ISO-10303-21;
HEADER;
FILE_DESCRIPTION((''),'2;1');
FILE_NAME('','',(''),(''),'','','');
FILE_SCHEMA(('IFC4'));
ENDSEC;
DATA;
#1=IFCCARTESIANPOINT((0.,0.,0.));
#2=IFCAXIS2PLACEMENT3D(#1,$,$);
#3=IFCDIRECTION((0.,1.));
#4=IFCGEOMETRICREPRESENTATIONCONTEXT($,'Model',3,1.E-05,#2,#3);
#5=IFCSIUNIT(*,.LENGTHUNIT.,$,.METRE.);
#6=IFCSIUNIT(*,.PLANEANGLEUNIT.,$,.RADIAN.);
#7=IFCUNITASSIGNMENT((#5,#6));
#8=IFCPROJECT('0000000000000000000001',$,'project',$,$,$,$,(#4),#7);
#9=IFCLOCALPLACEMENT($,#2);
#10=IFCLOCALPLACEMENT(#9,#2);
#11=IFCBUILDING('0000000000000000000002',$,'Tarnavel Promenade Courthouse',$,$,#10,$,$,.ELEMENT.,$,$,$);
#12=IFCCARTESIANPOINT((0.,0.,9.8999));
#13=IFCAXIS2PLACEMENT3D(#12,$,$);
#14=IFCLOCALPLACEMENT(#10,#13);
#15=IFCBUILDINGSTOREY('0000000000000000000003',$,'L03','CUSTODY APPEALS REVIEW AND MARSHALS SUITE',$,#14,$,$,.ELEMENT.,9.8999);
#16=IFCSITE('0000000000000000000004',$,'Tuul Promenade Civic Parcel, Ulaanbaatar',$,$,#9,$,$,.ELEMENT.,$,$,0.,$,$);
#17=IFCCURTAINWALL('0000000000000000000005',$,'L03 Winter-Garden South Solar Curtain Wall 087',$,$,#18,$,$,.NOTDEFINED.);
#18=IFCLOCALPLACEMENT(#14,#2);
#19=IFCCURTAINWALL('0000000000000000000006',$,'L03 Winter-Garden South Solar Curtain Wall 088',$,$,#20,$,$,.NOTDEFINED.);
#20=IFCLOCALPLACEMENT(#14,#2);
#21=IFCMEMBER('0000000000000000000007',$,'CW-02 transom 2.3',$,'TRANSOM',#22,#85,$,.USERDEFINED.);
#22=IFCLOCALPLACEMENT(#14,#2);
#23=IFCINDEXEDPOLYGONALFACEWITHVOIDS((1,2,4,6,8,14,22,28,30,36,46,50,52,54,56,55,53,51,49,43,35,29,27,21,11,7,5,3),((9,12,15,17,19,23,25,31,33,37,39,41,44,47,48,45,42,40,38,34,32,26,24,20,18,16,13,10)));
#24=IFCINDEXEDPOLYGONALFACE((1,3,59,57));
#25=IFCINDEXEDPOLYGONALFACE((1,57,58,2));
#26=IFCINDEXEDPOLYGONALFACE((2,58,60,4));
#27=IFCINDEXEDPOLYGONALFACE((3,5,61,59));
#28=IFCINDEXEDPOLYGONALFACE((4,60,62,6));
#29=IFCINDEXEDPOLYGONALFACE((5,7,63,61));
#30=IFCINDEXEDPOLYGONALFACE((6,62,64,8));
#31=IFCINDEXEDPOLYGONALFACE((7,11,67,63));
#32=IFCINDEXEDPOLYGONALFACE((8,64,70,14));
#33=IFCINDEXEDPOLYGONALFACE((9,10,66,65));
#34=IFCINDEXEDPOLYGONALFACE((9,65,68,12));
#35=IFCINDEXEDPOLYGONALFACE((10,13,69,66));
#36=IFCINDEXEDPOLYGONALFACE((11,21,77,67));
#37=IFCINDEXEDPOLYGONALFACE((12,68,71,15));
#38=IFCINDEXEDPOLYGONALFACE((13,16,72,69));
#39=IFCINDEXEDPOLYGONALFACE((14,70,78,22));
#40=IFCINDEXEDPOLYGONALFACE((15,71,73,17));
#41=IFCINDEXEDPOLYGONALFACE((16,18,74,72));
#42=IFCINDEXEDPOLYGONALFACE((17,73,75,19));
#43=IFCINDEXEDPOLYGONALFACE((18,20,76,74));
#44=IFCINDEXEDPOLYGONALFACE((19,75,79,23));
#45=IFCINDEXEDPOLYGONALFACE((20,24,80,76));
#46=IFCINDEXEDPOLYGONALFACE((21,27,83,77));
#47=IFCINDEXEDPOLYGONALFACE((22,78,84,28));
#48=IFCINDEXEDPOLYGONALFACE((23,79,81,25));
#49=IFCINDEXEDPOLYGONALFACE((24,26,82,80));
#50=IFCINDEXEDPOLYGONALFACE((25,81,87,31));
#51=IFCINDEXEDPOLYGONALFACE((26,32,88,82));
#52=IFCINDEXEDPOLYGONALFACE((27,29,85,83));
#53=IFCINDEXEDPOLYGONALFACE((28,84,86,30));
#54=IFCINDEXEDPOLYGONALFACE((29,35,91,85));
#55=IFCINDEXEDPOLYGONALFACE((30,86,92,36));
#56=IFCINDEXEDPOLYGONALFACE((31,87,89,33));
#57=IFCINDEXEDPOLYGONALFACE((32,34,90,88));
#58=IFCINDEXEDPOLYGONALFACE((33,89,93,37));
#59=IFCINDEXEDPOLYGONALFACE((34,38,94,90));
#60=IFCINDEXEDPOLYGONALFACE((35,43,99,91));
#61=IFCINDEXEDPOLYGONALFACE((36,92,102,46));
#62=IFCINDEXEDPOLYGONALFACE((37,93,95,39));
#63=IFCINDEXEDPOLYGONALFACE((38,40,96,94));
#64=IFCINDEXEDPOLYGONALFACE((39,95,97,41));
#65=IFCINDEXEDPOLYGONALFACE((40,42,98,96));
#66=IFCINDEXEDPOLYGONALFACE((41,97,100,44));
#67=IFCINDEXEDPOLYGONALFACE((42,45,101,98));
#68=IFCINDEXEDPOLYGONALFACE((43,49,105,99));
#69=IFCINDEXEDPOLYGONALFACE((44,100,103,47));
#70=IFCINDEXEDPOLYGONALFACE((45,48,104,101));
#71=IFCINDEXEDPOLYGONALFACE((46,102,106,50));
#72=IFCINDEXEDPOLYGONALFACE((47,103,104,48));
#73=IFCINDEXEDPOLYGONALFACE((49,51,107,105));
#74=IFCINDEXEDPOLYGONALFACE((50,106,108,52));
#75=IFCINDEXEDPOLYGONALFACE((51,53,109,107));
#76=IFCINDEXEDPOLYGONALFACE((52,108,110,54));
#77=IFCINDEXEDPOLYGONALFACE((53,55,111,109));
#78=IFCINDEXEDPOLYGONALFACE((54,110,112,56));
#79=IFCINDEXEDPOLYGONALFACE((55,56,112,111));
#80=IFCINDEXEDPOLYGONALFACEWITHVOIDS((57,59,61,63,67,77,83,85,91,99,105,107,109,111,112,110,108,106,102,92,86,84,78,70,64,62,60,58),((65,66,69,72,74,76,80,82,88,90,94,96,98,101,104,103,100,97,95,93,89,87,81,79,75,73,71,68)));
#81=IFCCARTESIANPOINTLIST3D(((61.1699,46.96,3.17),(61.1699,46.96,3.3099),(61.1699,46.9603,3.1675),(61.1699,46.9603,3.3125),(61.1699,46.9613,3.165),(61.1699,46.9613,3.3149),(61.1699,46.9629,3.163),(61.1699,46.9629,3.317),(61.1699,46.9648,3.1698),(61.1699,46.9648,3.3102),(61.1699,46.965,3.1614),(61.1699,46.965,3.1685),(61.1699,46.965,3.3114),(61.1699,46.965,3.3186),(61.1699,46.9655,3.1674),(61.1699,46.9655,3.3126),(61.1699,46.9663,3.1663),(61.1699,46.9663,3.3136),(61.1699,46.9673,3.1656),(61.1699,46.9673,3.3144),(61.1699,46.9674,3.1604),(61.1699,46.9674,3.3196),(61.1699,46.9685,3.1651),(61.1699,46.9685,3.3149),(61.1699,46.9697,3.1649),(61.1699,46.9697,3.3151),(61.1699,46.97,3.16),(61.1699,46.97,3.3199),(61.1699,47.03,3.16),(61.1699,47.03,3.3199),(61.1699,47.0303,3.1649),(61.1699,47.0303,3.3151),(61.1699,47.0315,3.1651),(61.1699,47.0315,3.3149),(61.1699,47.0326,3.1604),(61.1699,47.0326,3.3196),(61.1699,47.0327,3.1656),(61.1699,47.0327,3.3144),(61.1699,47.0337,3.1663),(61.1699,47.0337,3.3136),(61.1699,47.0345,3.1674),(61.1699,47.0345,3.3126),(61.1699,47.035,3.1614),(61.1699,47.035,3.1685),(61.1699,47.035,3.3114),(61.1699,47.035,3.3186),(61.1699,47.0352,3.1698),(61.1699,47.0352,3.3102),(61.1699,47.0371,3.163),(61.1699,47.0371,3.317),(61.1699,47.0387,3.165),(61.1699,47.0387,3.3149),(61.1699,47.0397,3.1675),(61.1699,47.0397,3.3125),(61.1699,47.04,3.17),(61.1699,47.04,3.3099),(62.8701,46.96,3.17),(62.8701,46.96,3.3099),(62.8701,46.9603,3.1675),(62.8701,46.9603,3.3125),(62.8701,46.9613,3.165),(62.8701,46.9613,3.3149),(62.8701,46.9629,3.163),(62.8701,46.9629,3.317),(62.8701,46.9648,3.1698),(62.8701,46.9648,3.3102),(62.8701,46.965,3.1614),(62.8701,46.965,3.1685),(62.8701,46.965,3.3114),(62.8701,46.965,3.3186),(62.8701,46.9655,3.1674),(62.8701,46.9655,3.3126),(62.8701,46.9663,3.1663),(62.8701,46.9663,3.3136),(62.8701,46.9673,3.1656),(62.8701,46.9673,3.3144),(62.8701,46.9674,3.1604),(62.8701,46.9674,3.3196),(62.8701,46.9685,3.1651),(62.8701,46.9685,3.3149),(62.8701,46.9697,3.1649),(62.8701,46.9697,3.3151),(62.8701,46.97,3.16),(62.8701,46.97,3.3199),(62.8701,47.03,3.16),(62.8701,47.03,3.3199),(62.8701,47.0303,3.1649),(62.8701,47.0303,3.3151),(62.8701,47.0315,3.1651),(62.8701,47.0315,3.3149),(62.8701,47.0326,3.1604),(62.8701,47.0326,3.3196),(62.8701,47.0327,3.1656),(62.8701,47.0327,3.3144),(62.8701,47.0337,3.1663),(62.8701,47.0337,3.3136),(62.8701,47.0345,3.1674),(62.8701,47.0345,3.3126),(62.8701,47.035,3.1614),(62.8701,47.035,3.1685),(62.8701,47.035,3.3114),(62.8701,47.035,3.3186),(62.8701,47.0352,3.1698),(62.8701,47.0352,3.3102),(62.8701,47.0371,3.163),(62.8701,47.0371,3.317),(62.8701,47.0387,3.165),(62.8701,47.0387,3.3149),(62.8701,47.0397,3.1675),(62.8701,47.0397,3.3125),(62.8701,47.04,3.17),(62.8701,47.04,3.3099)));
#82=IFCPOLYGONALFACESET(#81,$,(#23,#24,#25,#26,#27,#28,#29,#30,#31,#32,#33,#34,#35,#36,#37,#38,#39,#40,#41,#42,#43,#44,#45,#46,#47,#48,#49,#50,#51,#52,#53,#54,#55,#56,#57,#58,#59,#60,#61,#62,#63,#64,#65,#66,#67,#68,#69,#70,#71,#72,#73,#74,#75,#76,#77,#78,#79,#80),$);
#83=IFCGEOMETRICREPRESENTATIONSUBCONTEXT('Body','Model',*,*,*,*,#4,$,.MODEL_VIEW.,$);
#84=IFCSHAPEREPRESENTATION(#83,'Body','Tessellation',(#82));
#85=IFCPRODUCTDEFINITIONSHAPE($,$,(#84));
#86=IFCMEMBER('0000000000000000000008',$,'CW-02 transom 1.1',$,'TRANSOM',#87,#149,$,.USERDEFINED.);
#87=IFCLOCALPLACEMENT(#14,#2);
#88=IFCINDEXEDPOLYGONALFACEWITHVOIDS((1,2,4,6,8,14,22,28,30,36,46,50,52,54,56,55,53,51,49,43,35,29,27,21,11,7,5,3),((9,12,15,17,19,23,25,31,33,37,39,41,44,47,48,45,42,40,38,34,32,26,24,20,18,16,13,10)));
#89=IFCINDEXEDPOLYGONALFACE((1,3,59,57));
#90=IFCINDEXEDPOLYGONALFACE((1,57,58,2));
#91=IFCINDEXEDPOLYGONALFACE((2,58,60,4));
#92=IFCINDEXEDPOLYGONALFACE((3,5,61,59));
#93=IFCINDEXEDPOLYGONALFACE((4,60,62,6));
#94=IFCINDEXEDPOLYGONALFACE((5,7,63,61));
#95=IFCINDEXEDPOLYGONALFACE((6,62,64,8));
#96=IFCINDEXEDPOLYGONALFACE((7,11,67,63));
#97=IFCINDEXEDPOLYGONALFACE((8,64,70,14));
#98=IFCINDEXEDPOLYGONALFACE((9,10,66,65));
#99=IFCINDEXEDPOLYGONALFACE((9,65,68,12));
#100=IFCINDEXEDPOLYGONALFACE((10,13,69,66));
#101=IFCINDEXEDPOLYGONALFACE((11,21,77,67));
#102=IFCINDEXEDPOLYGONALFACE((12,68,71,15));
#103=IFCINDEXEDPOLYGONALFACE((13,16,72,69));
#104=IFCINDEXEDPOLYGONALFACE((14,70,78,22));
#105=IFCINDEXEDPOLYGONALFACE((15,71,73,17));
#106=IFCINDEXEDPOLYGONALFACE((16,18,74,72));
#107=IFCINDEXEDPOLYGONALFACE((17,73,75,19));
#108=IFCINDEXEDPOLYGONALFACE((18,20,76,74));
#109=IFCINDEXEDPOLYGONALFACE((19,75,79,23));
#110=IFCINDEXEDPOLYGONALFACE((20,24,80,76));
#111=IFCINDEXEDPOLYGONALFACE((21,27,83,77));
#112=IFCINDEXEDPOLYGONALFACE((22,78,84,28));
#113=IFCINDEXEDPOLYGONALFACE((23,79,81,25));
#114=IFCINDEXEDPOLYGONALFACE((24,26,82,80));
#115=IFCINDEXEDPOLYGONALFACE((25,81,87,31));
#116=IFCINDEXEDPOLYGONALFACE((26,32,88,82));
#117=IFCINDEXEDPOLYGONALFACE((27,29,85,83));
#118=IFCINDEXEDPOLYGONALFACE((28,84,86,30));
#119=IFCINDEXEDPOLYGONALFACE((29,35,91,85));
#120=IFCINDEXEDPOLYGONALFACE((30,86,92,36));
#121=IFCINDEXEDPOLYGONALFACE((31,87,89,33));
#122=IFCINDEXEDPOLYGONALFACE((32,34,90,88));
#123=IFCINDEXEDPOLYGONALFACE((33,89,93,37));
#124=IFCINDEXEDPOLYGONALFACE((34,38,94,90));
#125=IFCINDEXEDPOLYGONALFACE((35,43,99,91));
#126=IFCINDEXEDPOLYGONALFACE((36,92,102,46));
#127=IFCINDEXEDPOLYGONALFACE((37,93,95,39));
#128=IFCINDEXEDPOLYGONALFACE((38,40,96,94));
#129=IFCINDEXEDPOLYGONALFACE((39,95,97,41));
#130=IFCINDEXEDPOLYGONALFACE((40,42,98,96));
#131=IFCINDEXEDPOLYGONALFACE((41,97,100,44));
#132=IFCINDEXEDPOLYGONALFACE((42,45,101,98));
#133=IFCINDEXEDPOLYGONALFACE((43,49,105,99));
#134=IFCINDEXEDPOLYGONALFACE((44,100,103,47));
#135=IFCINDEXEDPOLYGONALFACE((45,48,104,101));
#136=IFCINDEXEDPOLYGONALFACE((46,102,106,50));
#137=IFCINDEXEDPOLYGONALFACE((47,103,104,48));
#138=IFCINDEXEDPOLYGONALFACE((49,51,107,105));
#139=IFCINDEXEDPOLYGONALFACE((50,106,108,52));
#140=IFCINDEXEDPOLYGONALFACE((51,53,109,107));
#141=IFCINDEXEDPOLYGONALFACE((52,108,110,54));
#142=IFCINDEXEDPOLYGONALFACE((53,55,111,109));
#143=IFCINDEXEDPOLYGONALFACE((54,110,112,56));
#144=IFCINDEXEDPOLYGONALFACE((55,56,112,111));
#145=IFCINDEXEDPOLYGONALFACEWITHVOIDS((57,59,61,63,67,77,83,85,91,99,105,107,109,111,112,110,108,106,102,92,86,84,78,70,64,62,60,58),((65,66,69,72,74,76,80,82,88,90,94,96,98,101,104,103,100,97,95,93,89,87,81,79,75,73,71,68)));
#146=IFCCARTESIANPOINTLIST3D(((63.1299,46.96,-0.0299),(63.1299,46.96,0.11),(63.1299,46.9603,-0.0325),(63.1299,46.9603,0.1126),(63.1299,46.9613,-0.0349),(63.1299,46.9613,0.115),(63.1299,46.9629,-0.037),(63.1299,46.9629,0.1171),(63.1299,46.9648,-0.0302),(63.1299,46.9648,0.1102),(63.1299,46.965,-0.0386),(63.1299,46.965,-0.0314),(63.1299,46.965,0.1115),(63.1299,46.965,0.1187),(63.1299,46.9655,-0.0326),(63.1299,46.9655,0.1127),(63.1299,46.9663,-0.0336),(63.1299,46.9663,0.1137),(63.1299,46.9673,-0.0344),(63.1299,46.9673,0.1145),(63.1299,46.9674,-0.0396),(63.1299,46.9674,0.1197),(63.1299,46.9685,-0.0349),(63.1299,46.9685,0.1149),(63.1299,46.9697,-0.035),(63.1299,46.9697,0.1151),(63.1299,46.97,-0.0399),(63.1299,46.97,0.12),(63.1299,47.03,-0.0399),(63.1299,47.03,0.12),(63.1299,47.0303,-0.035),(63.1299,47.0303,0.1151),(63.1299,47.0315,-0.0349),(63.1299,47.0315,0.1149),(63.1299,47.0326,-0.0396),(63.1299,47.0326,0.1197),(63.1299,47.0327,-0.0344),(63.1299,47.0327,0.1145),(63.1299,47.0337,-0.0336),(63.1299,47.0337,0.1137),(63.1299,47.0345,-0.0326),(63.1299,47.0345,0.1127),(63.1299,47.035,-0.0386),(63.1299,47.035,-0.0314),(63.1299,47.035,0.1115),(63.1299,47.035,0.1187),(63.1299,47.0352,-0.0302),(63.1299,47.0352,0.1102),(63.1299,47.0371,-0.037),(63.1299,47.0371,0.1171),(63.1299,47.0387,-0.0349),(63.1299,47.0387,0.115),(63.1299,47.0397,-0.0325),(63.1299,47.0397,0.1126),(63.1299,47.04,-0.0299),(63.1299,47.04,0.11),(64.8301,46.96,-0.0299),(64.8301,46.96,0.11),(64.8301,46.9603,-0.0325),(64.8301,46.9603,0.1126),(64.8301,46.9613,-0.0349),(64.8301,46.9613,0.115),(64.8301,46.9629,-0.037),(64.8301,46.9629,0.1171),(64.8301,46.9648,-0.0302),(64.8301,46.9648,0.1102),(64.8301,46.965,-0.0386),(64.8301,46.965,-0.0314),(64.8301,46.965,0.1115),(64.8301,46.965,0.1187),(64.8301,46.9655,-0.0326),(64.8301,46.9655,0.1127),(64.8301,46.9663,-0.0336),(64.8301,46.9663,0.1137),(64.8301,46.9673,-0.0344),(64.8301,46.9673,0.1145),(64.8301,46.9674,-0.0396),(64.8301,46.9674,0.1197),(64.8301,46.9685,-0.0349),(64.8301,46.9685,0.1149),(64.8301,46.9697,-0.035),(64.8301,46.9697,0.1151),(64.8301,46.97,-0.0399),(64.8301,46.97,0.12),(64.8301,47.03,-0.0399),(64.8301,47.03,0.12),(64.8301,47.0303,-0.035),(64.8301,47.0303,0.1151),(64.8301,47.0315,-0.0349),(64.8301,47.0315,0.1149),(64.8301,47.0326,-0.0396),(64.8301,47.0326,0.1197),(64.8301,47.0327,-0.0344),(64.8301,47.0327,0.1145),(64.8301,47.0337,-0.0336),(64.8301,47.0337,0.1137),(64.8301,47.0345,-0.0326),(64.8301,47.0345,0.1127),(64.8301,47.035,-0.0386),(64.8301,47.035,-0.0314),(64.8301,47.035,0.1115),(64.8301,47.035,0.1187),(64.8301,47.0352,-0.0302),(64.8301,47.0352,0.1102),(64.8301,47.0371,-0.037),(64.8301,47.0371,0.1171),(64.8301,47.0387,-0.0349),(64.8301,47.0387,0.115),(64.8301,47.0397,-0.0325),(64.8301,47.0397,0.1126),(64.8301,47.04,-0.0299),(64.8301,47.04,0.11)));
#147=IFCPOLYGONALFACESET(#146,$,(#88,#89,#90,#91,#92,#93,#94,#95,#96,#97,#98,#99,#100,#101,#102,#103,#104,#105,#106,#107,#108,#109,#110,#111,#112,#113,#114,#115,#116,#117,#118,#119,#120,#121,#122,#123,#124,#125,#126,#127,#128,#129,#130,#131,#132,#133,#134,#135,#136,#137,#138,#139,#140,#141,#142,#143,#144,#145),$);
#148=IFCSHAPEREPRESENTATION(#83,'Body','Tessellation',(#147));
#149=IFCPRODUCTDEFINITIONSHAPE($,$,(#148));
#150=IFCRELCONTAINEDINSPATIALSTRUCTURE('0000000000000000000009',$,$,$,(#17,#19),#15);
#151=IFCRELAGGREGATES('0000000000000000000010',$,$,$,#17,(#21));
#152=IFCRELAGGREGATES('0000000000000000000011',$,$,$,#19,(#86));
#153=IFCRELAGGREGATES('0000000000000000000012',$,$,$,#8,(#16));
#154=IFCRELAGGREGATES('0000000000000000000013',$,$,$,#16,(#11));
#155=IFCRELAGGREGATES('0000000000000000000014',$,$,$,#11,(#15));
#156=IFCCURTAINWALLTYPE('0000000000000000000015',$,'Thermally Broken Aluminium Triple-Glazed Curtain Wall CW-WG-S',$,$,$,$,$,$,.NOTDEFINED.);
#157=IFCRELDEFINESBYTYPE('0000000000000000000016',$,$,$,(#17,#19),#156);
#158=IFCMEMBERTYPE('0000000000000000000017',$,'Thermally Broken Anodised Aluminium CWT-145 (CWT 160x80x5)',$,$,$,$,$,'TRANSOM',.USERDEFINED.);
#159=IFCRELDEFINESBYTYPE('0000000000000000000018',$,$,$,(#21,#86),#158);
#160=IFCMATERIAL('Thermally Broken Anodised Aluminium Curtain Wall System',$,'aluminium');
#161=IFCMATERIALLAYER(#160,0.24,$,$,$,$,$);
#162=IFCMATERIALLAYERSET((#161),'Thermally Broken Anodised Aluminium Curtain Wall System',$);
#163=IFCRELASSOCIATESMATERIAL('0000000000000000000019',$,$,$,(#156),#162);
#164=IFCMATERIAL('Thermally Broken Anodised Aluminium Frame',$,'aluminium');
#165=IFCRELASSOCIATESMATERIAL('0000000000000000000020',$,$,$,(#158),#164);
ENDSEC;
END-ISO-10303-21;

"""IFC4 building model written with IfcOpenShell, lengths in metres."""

from ifc_helpers import new_model, si_unit, direction, frame, origin, origin_2d, place, context, subcontext, project, spatial, hollow_rectangle, extrude, material, layer, layer_set, material_profile, profile_set, type_object, element, aggregate, save


model = new_model("IFC4")

# Units and contexts
model_context = context("Model", 3, precision=1e-05, world=origin(), true_north=direction((0.0, 1.0)))
body_context = subcontext(model_context, "Body", "Model", "MODEL_VIEW")
ifc_project = project(units=[si_unit("LENGTHUNIT", "METRE"), si_unit("PLANEANGLEUNIT", "RADIAN")], contexts=[model_context])

# Site, building, storey
site_placement = place(None, origin())
site = spatial("IfcSite", under=ifc_project, at=site_placement, Name="Tuul Promenade Civic Parcel, Ulaanbaatar", CompositionType="ELEMENT", RefElevation=0.0)
building_placement = place(site_placement, origin())
building = spatial("IfcBuilding", under=site, at=building_placement, Name="Tarnavel Promenade Courthouse", CompositionType="ELEMENT")
storey_placement = place(building_placement, frame((0.0, 0.0, 9.8999)))
storey = spatial("IfcBuildingStorey", under=building, at=storey_placement, Name="L03", Description="CUSTODY APPEALS REVIEW AND MARSHALS SUITE", CompositionType="ELEMENT", Elevation=9.8999)

# Shared definitions
ifc_material_1 = material(Name="Thermally Broken Anodised Aluminium Curtain Wall System", Category="aluminium")
ifc_layer_1 = layer(ifc_material_1, 0.24)
ifc_layer_set_1 = layer_set([ifc_layer_1], Name="Thermally Broken Anodised Aluminium Curtain Wall System")
curtain_wall_type = type_object("IfcCurtainWallType", Name="Thermally Broken Aluminium Triple-Glazed Curtain Wall CW-WG-S", PredefinedType="NOTDEFINED", material=ifc_layer_set_1)
ifc_material_2 = material(Name="Thermally Broken Anodised Aluminium Frame", Category="aluminium")

# Curtain wall
curtain_wall_1_placement = place(storey_placement, origin())
curtain_wall_1 = element("IfcCurtainWall", 1, at=curtain_wall_1_placement, inside=storey, type_object=curtain_wall_type, Name="L03 Winter-Garden South Solar Curtain Wall 087", PredefinedType="NOTDEFINED")

# Curtain wall
curtain_wall_2_placement = place(storey_placement, origin())
curtain_wall_2 = element("IfcCurtainWall", 2, at=curtain_wall_2_placement, inside=storey, type_object=curtain_wall_type, Name="L03 Winter-Garden South Solar Curtain Wall 088", PredefinedType="NOTDEFINED")

# Members
ifc_material_profile_1 = material_profile(ifc_material_2, hollow_rectangle(XDim=0.0801, YDim=0.1599, WallThickness=0.0049, InnerFilletRadius=0.0049, OuterFilletRadius=0.01, at=origin_2d()), Name="CWT 160x80x5")
ifc_profile_set_1 = profile_set([ifc_material_profile_1], Name="Thermally Broken Anodised Aluminium Frame")
member_type_1 = type_object("IfcMemberType", Name="Thermally Broken Anodised Aluminium CWT-145 (CWT 160x80x5)", ElementType="TRANSOM", PredefinedType="USERDEFINED", material=ifc_profile_set_1)
member_1_placement = place(storey_placement, frame((61.1699, 47.0, 3.24), z_axis=(1.0, 0.0, 0.0), x_axis=(0.0, 1.0, 0.0)))
member_1 = element("IfcMember", 3, at=member_1_placement, type_object=member_type_1, Name="CW-02 transom 2.3", ObjectType="TRANSOM", PredefinedType="USERDEFINED", context=body_context, shape_type="SweptSolid", body=[
    extrude(hollow_rectangle(XDim=0.0801, YDim=0.1599, WallThickness=0.0049, InnerFilletRadius=0.0049, OuterFilletRadius=0.01, at=origin_2d()), origin(), (0.0, 0.0, 1.0), 1.7002),
])
member_2_placement = place(storey_placement, frame((63.1299, 47.0, 0.04), z_axis=(1.0, 0.0, 0.0), x_axis=(0.0, 1.0, 0.0)))
member_2 = element("IfcMember", 4, at=member_2_placement, type_object=member_type_1, Name="CW-02 transom 1.1", ObjectType="TRANSOM", PredefinedType="USERDEFINED", context=body_context, shape_type="SweptSolid", body=[
    extrude(hollow_rectangle(XDim=0.0801, YDim=0.1599, WallThickness=0.0049, InnerFilletRadius=0.0049, OuterFilletRadius=0.01, at=origin_2d()), origin(), (0.0, 0.0, 1.0), 1.7002),
])

aggregate(curtain_wall_1, [member_1])
aggregate(curtain_wall_2, [member_2])

save(model, "model.ifc")
